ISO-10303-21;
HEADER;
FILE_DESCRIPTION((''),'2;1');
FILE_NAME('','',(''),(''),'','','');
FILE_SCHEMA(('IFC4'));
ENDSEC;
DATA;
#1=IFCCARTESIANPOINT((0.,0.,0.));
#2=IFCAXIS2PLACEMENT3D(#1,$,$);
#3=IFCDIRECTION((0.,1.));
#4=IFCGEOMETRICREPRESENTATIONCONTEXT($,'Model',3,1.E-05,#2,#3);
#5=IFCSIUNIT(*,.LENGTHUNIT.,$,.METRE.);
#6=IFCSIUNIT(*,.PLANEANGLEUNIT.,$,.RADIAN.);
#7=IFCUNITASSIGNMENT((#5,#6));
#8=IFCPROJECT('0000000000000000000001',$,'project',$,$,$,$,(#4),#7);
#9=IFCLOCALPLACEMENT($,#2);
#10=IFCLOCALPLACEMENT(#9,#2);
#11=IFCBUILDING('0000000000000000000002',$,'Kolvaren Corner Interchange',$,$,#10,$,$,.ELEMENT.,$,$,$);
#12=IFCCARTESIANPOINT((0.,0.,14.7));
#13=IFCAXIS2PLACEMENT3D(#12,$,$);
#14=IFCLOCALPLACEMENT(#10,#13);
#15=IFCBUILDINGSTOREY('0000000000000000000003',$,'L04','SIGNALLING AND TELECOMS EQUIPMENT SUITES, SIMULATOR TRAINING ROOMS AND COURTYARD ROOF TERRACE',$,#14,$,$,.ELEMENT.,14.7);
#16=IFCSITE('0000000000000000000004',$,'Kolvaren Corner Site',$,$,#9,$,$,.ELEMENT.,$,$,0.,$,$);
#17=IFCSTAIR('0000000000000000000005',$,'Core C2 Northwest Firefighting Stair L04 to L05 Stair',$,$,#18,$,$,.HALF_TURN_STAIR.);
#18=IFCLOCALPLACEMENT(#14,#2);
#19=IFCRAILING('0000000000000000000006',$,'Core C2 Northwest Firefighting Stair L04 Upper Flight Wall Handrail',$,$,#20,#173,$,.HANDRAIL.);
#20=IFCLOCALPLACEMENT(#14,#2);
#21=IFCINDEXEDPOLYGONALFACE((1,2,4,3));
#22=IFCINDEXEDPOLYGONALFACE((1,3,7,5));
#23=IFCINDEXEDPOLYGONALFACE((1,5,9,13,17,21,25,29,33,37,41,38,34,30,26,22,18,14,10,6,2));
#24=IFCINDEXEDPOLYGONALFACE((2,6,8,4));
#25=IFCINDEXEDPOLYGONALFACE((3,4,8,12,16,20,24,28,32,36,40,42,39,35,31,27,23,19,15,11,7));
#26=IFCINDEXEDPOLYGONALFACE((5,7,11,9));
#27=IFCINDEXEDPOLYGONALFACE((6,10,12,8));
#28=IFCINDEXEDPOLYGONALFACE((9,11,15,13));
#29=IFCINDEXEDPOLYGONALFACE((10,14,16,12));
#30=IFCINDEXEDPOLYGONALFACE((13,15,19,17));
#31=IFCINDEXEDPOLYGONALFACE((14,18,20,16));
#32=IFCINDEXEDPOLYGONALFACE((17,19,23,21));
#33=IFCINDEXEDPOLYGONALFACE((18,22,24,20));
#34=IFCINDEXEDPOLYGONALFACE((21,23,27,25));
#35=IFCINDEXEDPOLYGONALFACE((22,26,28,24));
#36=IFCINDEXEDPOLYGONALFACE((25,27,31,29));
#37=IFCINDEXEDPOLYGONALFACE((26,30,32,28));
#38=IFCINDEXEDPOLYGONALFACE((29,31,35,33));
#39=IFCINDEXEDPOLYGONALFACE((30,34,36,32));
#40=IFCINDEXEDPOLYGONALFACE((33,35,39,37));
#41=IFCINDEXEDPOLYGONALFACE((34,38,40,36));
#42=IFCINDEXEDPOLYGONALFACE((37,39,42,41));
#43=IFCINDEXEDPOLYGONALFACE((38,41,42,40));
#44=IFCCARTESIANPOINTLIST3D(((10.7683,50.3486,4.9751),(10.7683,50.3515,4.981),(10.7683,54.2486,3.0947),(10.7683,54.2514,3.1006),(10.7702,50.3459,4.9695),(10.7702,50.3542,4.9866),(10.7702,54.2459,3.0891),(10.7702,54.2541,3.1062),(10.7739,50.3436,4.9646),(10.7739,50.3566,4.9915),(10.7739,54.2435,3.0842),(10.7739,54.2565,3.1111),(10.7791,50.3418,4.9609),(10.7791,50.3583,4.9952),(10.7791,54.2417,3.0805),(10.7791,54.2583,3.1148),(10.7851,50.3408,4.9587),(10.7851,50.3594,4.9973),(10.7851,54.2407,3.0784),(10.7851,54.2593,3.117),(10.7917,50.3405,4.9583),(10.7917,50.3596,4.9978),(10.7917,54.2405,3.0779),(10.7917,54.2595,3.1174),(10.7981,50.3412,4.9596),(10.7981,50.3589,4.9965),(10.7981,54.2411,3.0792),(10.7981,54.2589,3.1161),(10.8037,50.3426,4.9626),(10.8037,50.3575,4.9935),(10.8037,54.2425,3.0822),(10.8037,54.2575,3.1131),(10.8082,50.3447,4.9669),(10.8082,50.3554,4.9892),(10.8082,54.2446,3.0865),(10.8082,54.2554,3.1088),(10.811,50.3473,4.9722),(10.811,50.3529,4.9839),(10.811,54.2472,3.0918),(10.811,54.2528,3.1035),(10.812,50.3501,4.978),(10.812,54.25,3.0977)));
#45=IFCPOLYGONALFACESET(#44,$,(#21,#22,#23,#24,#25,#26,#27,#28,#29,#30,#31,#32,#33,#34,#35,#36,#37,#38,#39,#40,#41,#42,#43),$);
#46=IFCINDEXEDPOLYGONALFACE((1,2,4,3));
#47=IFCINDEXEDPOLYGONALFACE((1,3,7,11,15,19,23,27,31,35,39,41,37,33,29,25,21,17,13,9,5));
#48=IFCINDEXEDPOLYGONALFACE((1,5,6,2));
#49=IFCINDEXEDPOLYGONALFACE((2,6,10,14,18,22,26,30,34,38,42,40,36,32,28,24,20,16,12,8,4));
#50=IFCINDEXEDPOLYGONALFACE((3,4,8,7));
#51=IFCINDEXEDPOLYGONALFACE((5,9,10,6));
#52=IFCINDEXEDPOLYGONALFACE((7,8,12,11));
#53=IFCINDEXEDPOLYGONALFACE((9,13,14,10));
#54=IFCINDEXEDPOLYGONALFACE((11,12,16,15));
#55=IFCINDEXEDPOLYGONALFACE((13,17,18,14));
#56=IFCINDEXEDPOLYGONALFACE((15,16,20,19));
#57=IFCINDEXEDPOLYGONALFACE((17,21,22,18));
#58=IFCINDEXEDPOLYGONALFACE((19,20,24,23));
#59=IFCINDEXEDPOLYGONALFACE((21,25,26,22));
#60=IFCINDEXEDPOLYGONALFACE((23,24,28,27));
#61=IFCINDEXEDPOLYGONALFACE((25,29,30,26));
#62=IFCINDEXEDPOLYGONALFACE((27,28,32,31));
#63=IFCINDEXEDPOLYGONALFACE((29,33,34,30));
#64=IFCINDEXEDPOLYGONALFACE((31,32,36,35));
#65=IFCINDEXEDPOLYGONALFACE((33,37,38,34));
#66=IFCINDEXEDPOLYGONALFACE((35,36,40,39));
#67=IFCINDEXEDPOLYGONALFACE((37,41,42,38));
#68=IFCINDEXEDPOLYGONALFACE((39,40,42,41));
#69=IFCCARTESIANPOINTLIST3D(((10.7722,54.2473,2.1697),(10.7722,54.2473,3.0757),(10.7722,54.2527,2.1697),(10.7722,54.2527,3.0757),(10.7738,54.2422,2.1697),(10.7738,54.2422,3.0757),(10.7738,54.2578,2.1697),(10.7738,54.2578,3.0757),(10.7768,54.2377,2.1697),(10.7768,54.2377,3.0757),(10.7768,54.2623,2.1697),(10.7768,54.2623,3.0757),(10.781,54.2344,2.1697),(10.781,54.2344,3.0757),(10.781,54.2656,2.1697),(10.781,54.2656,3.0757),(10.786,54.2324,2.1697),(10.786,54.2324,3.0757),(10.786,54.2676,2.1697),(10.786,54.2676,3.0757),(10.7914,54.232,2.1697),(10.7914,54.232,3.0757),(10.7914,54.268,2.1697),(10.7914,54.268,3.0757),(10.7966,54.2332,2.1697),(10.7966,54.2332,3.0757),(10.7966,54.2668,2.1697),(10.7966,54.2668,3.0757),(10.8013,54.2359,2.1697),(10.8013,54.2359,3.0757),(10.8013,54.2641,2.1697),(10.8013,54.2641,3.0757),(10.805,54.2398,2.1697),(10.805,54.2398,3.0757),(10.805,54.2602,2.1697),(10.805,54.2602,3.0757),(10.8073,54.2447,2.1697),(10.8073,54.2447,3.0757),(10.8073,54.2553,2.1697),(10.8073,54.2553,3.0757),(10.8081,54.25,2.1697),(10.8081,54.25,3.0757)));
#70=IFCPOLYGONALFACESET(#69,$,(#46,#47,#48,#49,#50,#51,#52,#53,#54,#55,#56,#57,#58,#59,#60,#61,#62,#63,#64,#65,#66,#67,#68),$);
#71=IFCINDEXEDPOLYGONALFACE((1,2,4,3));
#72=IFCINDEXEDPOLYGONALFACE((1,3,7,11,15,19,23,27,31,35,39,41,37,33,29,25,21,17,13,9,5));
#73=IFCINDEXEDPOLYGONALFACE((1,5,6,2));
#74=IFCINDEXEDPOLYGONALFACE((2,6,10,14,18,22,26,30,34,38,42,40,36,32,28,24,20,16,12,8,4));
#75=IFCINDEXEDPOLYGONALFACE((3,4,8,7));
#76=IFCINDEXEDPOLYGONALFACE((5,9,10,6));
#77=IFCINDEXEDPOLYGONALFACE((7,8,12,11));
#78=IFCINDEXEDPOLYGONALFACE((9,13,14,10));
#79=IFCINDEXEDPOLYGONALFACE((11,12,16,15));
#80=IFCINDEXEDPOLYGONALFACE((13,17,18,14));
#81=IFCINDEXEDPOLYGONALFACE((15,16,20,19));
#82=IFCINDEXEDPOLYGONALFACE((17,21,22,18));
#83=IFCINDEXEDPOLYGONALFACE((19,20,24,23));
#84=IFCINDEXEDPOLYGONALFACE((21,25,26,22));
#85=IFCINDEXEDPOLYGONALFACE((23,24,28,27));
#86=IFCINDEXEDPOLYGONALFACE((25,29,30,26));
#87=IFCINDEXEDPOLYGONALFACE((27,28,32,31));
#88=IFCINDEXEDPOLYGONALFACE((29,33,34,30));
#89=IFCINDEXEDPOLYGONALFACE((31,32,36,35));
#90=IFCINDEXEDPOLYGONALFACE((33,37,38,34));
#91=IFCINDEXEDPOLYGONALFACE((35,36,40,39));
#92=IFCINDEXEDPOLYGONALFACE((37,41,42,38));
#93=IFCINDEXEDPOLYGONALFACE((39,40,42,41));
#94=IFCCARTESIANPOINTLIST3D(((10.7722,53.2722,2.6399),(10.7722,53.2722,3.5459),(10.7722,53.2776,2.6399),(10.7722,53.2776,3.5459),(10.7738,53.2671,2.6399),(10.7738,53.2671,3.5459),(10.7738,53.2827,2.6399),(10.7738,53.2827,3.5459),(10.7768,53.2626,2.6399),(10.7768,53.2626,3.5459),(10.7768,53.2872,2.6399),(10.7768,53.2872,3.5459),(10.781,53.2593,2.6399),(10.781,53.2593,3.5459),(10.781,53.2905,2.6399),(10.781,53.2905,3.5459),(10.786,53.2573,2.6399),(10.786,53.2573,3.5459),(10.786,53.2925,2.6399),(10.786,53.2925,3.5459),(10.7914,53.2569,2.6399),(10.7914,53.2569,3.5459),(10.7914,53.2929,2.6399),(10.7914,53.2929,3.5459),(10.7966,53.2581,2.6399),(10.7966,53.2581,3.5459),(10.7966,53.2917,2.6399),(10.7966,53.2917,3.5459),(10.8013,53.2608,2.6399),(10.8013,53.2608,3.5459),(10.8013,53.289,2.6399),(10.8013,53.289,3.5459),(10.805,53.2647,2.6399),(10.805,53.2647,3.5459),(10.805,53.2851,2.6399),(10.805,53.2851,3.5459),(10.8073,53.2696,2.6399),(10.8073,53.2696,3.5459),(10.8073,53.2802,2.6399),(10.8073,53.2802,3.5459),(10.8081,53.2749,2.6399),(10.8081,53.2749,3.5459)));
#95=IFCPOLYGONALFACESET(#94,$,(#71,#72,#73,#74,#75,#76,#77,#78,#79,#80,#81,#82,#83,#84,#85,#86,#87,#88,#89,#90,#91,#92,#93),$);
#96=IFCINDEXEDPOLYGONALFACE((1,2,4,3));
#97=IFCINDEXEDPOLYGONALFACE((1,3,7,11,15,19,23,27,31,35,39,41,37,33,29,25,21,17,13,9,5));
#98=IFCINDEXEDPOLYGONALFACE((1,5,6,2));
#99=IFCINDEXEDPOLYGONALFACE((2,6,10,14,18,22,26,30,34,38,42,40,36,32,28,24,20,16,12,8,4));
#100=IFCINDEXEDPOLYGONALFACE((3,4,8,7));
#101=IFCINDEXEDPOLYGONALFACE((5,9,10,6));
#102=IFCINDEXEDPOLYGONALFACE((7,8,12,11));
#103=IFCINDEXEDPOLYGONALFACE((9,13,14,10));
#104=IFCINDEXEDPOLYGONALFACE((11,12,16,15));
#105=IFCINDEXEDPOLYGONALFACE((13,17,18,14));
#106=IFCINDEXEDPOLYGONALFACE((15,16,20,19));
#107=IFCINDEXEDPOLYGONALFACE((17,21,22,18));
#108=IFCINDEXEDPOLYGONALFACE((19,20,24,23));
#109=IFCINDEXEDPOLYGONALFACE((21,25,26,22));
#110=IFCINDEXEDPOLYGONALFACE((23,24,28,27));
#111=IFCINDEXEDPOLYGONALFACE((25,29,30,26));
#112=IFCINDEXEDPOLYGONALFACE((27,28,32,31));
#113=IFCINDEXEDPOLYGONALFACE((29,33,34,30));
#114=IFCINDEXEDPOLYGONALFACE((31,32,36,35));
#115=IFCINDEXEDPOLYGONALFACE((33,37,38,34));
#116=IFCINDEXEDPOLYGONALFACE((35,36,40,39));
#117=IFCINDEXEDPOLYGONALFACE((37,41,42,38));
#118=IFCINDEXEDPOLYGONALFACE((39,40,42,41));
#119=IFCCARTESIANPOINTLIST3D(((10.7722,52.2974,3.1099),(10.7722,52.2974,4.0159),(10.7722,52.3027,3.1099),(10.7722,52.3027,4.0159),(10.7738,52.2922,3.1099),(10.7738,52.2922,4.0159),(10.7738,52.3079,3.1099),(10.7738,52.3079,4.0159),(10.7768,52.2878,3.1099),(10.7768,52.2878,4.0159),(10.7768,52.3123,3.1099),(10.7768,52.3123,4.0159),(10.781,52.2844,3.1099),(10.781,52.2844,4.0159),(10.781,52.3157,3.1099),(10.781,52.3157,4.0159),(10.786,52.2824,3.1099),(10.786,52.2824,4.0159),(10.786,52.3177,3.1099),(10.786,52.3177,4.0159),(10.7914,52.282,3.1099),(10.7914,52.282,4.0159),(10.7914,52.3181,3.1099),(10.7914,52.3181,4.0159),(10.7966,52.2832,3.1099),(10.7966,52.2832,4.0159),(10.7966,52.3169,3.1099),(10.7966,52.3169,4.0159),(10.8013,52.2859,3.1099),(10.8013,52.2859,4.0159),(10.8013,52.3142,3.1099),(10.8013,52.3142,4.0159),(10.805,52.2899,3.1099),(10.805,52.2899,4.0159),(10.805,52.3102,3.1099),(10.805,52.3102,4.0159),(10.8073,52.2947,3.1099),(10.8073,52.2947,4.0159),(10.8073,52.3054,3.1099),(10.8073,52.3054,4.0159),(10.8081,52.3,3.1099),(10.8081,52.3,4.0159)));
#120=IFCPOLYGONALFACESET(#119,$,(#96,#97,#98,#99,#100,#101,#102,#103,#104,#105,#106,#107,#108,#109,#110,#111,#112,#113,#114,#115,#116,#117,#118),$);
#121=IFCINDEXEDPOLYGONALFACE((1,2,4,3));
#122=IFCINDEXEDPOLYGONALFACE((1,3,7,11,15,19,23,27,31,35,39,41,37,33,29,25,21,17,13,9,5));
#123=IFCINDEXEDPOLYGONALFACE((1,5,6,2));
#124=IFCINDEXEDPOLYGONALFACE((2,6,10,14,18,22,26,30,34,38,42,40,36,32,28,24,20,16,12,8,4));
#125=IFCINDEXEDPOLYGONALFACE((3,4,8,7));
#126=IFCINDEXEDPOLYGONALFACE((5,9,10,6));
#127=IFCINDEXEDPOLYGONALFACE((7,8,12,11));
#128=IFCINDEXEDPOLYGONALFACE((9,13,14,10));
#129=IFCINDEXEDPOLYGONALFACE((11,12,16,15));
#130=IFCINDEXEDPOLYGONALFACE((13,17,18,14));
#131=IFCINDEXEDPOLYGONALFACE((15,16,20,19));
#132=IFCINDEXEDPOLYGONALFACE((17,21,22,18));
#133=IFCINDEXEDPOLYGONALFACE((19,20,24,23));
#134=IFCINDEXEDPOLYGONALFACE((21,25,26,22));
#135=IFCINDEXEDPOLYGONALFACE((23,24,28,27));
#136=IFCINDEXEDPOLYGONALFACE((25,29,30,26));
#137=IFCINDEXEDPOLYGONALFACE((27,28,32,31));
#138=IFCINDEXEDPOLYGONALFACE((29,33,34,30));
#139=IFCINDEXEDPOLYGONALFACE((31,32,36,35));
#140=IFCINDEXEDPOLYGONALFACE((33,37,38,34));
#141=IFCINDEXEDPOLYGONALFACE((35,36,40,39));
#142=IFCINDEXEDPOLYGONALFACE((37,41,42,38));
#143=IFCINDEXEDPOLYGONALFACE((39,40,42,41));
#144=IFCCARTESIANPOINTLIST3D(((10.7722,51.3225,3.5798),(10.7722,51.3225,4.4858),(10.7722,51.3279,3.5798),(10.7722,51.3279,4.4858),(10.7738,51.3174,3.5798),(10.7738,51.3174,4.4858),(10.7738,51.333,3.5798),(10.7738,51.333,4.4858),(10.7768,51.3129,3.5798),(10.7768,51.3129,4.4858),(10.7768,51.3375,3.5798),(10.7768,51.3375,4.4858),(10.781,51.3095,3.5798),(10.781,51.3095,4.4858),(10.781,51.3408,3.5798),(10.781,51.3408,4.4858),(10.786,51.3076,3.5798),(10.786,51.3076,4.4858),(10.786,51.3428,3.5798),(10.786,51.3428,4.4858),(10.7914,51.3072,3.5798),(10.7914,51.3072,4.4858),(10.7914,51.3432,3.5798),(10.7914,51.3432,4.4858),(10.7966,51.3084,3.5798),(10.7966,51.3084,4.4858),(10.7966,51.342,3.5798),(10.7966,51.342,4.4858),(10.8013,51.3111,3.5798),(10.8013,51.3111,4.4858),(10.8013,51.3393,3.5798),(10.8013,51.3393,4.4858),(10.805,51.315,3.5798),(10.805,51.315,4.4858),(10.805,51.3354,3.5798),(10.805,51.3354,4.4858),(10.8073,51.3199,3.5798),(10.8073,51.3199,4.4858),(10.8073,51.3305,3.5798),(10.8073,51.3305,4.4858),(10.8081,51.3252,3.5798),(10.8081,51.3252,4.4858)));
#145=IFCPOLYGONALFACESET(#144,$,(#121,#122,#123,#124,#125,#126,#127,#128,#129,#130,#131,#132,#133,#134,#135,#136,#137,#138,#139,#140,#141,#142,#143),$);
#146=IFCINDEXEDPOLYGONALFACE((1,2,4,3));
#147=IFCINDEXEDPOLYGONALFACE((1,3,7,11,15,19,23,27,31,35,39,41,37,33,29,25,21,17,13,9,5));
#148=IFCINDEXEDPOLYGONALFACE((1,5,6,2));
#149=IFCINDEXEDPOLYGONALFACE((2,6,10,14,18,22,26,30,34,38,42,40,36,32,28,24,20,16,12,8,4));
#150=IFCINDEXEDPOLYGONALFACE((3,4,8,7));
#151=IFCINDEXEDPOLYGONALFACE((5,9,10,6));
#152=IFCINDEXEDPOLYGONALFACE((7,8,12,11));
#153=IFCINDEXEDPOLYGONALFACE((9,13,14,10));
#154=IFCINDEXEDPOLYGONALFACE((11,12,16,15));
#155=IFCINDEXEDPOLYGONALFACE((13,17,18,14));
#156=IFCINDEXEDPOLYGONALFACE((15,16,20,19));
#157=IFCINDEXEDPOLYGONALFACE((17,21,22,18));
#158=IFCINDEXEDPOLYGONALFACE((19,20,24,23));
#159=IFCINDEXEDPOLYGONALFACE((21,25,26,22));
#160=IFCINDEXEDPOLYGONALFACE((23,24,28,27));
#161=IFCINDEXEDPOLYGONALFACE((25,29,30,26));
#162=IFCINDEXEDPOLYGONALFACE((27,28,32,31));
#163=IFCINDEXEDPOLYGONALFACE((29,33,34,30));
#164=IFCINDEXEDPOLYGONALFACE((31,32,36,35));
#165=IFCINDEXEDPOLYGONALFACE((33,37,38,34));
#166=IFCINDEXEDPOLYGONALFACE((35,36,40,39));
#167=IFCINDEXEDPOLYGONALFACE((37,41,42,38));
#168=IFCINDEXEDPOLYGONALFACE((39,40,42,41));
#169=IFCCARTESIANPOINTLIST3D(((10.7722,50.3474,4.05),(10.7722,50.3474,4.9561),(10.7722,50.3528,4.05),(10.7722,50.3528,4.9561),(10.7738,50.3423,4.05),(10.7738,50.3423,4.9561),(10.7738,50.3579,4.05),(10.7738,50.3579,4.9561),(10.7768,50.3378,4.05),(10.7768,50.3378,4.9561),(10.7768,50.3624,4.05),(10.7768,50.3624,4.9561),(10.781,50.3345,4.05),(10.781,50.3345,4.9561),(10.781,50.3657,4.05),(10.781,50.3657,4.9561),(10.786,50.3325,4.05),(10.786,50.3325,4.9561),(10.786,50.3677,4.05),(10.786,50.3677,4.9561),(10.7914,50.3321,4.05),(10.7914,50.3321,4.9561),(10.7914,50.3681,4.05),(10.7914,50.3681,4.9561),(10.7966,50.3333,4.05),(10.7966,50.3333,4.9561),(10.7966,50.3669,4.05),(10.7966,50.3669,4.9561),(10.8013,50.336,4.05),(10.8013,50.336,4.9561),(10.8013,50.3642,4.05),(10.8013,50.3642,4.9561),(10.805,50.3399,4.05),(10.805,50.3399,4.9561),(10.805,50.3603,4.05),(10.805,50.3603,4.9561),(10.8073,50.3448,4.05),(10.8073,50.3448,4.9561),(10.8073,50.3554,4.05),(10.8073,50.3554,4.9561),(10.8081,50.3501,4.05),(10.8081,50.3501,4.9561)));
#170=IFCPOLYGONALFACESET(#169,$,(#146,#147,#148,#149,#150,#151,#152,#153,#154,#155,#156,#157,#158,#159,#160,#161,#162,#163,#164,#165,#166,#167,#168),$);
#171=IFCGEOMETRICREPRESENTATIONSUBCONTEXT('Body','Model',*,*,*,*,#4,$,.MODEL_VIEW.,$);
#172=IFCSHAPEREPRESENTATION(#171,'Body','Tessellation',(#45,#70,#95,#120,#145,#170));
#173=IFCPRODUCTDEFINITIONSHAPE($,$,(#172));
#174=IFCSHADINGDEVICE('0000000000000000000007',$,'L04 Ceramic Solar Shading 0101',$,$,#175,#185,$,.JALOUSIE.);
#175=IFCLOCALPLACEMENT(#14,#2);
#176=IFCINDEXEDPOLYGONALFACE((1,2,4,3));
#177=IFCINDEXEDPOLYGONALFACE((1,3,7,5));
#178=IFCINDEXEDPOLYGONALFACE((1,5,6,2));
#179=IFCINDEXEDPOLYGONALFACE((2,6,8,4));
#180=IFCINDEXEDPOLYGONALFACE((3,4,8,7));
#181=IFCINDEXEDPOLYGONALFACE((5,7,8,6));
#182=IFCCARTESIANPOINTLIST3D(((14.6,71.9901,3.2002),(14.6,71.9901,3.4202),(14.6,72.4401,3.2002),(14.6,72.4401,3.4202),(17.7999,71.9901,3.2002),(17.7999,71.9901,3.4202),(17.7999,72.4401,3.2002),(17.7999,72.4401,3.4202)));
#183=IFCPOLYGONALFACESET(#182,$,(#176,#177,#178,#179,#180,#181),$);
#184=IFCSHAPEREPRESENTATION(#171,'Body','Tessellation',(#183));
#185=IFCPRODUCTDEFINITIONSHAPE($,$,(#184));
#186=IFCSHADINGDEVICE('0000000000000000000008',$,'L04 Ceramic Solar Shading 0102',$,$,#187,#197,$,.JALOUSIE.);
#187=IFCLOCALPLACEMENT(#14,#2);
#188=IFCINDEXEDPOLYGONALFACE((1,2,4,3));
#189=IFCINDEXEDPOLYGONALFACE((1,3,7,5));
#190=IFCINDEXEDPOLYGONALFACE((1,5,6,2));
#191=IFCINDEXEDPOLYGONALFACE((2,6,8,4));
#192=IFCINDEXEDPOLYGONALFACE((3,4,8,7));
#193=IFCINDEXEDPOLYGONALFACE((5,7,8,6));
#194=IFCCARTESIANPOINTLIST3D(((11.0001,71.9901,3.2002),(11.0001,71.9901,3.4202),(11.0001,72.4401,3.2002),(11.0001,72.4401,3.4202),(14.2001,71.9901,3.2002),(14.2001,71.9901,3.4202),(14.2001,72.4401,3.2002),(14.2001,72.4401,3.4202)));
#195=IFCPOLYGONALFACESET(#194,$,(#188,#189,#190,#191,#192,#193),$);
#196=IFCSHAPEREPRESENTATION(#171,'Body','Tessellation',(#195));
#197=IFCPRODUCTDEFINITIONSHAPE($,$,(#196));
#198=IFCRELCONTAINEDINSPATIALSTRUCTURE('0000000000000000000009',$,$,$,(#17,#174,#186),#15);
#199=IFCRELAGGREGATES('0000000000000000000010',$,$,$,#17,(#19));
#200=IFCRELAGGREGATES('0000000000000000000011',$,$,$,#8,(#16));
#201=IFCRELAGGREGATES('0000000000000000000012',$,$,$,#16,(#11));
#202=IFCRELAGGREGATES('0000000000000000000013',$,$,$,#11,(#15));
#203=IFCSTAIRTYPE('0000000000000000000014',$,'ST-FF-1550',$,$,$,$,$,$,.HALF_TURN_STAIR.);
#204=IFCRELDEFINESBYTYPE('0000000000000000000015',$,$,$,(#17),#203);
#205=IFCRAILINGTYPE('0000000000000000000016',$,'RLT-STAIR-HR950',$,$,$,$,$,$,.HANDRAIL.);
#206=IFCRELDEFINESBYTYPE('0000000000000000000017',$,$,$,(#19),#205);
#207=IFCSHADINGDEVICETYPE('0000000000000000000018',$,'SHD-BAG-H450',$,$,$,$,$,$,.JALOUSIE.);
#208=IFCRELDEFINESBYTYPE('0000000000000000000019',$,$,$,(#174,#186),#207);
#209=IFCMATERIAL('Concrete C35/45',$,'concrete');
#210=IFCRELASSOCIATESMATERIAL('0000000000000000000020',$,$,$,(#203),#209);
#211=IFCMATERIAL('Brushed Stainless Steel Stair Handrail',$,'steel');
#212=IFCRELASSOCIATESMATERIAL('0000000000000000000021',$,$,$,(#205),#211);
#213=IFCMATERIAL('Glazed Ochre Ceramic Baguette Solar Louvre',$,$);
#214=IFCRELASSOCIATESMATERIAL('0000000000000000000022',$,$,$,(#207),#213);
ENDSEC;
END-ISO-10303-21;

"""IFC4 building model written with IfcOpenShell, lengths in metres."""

from ifc_helpers import new_model, si_unit, direction, frame, origin, origin_2d, place, context, subcontext, project, spatial, rectangle, circle, extrude, material, type_object, element, aggregate, save


model = new_model("IFC4")

# Units and contexts
model_context = context("Model", 3, precision=1e-05, world=origin(), true_north=direction((0.0, 1.0)))
body_context = subcontext(model_context, "Body", "Model", "MODEL_VIEW")
ifc_project = project(units=[si_unit("LENGTHUNIT", "METRE"), si_unit("PLANEANGLEUNIT", "RADIAN")], contexts=[model_context])

# Site, building, storey
site_placement = place(None, origin())
site = spatial("IfcSite", under=ifc_project, at=site_placement, Name="Kolvaren Corner Site", CompositionType="ELEMENT", RefElevation=0.0)
building_placement = place(site_placement, origin())
building = spatial("IfcBuilding", under=site, at=building_placement, Name="Kolvaren Corner Interchange", CompositionType="ELEMENT")
storey_placement = place(building_placement, frame((0.0, 0.0, 14.7)))
storey = spatial("IfcBuildingStorey", under=building, at=storey_placement, Name="L04", Description="SIGNALLING AND TELECOMS EQUIPMENT SUITES, SIMULATOR TRAINING ROOMS AND COURTYARD ROOF TERRACE", CompositionType="ELEMENT", Elevation=14.7)

# Stair
ifc_material_1 = material(Name="Concrete C35/45", Category="concrete")
stair_type = type_object("IfcStairType", Name="ST-FF-1550", PredefinedType="HALF_TURN_STAIR", material=ifc_material_1)
stair_placement = place(storey_placement, origin())
stair = element("IfcStair", 1, at=stair_placement, inside=storey, type_object=stair_type, Name="Core C2 Northwest Firefighting Stair L04 to L05 Stair", PredefinedType="HALF_TURN_STAIR")

# Railing
ifc_material_2 = material(Name="Brushed Stainless Steel Stair Handrail", Category="steel")
railing_type_1 = type_object("IfcRailingType", Name="RLT-STAIR-HR950", PredefinedType="HANDRAIL", material=ifc_material_2)
railing_1_placement = place(storey_placement, frame((10.79, 54.25, 2.1697)))
railing_1 = element("IfcRailing", 2, at=railing_1_placement, type_object=railing_type_1, Name="Core C2 Northwest Firefighting Stair L04 Upper Flight Wall Handrail", PredefinedType="HANDRAIL", context=body_context, shape_type="SweptSolid", body=[
    extrude(circle(Radius=0.022, at=origin_2d()), frame((0.0, 0.0, 0.928), z_axis=(0.0, -0.900763, 0.434311), x_axis=(1.0, 0.0, 0.0)), (0.0, 0.0, 1.0), 4.3296),
    extrude(circle(Radius=0.0181, at=origin_2d()), origin(), (0.0, 0.0, 1.0), 0.906),
    extrude(circle(Radius=0.0181, at=origin_2d()), frame((0.0, -0.9751, 0.4702)), (0.0, 0.0, 1.0), 0.906),
    extrude(circle(Radius=0.0181, at=origin_2d()), frame((0.0, -1.95, 0.9402)), (0.0, 0.0, 1.0), 0.906),
    extrude(circle(Radius=0.0181, at=origin_2d()), frame((0.0, -2.9248, 1.4102)), (0.0, 0.0, 1.0), 0.906),
    extrude(circle(Radius=0.0181, at=origin_2d()), frame((0.0, -3.8999, 1.8804)), (0.0, 0.0, 1.0), 0.906),
])
aggregate(stair, [railing_1])

# Shading devices
ifc_material_3 = material(Name="Glazed Ochre Ceramic Baguette Solar Louvre")
shading_device_type = type_object("IfcShadingDeviceType", Name="SHD-BAG-H450", PredefinedType="JALOUSIE", material=ifc_material_3)
for number, where, z_axis, x_axis, name in (
    (3, (16.2, 72.2151, 3.2002), (0.0, 0.0, 1.0), (-1.0, 0.0, 0.0), "L04 Ceramic Solar Shading 0101"),
    (4, (12.6001, 72.2151, 3.2002), (0.0, 0.0, 1.0), (-1.0, 0.0, 0.0), "L04 Ceramic Solar Shading 0102"),
):
    element("IfcShadingDevice", number, at=place(storey_placement, frame(where, z_axis=z_axis, x_axis=x_axis)), inside=storey, type_object=shading_device_type, Name=name, PredefinedType="JALOUSIE", context=body_context, shape_type="SweptSolid", body=[
        extrude(rectangle(XDim=3.2, YDim=0.45, at=origin_2d()), origin(), (0.0, 0.0, 1.0), 0.22),
    ])

save(model, "model.ifc")
